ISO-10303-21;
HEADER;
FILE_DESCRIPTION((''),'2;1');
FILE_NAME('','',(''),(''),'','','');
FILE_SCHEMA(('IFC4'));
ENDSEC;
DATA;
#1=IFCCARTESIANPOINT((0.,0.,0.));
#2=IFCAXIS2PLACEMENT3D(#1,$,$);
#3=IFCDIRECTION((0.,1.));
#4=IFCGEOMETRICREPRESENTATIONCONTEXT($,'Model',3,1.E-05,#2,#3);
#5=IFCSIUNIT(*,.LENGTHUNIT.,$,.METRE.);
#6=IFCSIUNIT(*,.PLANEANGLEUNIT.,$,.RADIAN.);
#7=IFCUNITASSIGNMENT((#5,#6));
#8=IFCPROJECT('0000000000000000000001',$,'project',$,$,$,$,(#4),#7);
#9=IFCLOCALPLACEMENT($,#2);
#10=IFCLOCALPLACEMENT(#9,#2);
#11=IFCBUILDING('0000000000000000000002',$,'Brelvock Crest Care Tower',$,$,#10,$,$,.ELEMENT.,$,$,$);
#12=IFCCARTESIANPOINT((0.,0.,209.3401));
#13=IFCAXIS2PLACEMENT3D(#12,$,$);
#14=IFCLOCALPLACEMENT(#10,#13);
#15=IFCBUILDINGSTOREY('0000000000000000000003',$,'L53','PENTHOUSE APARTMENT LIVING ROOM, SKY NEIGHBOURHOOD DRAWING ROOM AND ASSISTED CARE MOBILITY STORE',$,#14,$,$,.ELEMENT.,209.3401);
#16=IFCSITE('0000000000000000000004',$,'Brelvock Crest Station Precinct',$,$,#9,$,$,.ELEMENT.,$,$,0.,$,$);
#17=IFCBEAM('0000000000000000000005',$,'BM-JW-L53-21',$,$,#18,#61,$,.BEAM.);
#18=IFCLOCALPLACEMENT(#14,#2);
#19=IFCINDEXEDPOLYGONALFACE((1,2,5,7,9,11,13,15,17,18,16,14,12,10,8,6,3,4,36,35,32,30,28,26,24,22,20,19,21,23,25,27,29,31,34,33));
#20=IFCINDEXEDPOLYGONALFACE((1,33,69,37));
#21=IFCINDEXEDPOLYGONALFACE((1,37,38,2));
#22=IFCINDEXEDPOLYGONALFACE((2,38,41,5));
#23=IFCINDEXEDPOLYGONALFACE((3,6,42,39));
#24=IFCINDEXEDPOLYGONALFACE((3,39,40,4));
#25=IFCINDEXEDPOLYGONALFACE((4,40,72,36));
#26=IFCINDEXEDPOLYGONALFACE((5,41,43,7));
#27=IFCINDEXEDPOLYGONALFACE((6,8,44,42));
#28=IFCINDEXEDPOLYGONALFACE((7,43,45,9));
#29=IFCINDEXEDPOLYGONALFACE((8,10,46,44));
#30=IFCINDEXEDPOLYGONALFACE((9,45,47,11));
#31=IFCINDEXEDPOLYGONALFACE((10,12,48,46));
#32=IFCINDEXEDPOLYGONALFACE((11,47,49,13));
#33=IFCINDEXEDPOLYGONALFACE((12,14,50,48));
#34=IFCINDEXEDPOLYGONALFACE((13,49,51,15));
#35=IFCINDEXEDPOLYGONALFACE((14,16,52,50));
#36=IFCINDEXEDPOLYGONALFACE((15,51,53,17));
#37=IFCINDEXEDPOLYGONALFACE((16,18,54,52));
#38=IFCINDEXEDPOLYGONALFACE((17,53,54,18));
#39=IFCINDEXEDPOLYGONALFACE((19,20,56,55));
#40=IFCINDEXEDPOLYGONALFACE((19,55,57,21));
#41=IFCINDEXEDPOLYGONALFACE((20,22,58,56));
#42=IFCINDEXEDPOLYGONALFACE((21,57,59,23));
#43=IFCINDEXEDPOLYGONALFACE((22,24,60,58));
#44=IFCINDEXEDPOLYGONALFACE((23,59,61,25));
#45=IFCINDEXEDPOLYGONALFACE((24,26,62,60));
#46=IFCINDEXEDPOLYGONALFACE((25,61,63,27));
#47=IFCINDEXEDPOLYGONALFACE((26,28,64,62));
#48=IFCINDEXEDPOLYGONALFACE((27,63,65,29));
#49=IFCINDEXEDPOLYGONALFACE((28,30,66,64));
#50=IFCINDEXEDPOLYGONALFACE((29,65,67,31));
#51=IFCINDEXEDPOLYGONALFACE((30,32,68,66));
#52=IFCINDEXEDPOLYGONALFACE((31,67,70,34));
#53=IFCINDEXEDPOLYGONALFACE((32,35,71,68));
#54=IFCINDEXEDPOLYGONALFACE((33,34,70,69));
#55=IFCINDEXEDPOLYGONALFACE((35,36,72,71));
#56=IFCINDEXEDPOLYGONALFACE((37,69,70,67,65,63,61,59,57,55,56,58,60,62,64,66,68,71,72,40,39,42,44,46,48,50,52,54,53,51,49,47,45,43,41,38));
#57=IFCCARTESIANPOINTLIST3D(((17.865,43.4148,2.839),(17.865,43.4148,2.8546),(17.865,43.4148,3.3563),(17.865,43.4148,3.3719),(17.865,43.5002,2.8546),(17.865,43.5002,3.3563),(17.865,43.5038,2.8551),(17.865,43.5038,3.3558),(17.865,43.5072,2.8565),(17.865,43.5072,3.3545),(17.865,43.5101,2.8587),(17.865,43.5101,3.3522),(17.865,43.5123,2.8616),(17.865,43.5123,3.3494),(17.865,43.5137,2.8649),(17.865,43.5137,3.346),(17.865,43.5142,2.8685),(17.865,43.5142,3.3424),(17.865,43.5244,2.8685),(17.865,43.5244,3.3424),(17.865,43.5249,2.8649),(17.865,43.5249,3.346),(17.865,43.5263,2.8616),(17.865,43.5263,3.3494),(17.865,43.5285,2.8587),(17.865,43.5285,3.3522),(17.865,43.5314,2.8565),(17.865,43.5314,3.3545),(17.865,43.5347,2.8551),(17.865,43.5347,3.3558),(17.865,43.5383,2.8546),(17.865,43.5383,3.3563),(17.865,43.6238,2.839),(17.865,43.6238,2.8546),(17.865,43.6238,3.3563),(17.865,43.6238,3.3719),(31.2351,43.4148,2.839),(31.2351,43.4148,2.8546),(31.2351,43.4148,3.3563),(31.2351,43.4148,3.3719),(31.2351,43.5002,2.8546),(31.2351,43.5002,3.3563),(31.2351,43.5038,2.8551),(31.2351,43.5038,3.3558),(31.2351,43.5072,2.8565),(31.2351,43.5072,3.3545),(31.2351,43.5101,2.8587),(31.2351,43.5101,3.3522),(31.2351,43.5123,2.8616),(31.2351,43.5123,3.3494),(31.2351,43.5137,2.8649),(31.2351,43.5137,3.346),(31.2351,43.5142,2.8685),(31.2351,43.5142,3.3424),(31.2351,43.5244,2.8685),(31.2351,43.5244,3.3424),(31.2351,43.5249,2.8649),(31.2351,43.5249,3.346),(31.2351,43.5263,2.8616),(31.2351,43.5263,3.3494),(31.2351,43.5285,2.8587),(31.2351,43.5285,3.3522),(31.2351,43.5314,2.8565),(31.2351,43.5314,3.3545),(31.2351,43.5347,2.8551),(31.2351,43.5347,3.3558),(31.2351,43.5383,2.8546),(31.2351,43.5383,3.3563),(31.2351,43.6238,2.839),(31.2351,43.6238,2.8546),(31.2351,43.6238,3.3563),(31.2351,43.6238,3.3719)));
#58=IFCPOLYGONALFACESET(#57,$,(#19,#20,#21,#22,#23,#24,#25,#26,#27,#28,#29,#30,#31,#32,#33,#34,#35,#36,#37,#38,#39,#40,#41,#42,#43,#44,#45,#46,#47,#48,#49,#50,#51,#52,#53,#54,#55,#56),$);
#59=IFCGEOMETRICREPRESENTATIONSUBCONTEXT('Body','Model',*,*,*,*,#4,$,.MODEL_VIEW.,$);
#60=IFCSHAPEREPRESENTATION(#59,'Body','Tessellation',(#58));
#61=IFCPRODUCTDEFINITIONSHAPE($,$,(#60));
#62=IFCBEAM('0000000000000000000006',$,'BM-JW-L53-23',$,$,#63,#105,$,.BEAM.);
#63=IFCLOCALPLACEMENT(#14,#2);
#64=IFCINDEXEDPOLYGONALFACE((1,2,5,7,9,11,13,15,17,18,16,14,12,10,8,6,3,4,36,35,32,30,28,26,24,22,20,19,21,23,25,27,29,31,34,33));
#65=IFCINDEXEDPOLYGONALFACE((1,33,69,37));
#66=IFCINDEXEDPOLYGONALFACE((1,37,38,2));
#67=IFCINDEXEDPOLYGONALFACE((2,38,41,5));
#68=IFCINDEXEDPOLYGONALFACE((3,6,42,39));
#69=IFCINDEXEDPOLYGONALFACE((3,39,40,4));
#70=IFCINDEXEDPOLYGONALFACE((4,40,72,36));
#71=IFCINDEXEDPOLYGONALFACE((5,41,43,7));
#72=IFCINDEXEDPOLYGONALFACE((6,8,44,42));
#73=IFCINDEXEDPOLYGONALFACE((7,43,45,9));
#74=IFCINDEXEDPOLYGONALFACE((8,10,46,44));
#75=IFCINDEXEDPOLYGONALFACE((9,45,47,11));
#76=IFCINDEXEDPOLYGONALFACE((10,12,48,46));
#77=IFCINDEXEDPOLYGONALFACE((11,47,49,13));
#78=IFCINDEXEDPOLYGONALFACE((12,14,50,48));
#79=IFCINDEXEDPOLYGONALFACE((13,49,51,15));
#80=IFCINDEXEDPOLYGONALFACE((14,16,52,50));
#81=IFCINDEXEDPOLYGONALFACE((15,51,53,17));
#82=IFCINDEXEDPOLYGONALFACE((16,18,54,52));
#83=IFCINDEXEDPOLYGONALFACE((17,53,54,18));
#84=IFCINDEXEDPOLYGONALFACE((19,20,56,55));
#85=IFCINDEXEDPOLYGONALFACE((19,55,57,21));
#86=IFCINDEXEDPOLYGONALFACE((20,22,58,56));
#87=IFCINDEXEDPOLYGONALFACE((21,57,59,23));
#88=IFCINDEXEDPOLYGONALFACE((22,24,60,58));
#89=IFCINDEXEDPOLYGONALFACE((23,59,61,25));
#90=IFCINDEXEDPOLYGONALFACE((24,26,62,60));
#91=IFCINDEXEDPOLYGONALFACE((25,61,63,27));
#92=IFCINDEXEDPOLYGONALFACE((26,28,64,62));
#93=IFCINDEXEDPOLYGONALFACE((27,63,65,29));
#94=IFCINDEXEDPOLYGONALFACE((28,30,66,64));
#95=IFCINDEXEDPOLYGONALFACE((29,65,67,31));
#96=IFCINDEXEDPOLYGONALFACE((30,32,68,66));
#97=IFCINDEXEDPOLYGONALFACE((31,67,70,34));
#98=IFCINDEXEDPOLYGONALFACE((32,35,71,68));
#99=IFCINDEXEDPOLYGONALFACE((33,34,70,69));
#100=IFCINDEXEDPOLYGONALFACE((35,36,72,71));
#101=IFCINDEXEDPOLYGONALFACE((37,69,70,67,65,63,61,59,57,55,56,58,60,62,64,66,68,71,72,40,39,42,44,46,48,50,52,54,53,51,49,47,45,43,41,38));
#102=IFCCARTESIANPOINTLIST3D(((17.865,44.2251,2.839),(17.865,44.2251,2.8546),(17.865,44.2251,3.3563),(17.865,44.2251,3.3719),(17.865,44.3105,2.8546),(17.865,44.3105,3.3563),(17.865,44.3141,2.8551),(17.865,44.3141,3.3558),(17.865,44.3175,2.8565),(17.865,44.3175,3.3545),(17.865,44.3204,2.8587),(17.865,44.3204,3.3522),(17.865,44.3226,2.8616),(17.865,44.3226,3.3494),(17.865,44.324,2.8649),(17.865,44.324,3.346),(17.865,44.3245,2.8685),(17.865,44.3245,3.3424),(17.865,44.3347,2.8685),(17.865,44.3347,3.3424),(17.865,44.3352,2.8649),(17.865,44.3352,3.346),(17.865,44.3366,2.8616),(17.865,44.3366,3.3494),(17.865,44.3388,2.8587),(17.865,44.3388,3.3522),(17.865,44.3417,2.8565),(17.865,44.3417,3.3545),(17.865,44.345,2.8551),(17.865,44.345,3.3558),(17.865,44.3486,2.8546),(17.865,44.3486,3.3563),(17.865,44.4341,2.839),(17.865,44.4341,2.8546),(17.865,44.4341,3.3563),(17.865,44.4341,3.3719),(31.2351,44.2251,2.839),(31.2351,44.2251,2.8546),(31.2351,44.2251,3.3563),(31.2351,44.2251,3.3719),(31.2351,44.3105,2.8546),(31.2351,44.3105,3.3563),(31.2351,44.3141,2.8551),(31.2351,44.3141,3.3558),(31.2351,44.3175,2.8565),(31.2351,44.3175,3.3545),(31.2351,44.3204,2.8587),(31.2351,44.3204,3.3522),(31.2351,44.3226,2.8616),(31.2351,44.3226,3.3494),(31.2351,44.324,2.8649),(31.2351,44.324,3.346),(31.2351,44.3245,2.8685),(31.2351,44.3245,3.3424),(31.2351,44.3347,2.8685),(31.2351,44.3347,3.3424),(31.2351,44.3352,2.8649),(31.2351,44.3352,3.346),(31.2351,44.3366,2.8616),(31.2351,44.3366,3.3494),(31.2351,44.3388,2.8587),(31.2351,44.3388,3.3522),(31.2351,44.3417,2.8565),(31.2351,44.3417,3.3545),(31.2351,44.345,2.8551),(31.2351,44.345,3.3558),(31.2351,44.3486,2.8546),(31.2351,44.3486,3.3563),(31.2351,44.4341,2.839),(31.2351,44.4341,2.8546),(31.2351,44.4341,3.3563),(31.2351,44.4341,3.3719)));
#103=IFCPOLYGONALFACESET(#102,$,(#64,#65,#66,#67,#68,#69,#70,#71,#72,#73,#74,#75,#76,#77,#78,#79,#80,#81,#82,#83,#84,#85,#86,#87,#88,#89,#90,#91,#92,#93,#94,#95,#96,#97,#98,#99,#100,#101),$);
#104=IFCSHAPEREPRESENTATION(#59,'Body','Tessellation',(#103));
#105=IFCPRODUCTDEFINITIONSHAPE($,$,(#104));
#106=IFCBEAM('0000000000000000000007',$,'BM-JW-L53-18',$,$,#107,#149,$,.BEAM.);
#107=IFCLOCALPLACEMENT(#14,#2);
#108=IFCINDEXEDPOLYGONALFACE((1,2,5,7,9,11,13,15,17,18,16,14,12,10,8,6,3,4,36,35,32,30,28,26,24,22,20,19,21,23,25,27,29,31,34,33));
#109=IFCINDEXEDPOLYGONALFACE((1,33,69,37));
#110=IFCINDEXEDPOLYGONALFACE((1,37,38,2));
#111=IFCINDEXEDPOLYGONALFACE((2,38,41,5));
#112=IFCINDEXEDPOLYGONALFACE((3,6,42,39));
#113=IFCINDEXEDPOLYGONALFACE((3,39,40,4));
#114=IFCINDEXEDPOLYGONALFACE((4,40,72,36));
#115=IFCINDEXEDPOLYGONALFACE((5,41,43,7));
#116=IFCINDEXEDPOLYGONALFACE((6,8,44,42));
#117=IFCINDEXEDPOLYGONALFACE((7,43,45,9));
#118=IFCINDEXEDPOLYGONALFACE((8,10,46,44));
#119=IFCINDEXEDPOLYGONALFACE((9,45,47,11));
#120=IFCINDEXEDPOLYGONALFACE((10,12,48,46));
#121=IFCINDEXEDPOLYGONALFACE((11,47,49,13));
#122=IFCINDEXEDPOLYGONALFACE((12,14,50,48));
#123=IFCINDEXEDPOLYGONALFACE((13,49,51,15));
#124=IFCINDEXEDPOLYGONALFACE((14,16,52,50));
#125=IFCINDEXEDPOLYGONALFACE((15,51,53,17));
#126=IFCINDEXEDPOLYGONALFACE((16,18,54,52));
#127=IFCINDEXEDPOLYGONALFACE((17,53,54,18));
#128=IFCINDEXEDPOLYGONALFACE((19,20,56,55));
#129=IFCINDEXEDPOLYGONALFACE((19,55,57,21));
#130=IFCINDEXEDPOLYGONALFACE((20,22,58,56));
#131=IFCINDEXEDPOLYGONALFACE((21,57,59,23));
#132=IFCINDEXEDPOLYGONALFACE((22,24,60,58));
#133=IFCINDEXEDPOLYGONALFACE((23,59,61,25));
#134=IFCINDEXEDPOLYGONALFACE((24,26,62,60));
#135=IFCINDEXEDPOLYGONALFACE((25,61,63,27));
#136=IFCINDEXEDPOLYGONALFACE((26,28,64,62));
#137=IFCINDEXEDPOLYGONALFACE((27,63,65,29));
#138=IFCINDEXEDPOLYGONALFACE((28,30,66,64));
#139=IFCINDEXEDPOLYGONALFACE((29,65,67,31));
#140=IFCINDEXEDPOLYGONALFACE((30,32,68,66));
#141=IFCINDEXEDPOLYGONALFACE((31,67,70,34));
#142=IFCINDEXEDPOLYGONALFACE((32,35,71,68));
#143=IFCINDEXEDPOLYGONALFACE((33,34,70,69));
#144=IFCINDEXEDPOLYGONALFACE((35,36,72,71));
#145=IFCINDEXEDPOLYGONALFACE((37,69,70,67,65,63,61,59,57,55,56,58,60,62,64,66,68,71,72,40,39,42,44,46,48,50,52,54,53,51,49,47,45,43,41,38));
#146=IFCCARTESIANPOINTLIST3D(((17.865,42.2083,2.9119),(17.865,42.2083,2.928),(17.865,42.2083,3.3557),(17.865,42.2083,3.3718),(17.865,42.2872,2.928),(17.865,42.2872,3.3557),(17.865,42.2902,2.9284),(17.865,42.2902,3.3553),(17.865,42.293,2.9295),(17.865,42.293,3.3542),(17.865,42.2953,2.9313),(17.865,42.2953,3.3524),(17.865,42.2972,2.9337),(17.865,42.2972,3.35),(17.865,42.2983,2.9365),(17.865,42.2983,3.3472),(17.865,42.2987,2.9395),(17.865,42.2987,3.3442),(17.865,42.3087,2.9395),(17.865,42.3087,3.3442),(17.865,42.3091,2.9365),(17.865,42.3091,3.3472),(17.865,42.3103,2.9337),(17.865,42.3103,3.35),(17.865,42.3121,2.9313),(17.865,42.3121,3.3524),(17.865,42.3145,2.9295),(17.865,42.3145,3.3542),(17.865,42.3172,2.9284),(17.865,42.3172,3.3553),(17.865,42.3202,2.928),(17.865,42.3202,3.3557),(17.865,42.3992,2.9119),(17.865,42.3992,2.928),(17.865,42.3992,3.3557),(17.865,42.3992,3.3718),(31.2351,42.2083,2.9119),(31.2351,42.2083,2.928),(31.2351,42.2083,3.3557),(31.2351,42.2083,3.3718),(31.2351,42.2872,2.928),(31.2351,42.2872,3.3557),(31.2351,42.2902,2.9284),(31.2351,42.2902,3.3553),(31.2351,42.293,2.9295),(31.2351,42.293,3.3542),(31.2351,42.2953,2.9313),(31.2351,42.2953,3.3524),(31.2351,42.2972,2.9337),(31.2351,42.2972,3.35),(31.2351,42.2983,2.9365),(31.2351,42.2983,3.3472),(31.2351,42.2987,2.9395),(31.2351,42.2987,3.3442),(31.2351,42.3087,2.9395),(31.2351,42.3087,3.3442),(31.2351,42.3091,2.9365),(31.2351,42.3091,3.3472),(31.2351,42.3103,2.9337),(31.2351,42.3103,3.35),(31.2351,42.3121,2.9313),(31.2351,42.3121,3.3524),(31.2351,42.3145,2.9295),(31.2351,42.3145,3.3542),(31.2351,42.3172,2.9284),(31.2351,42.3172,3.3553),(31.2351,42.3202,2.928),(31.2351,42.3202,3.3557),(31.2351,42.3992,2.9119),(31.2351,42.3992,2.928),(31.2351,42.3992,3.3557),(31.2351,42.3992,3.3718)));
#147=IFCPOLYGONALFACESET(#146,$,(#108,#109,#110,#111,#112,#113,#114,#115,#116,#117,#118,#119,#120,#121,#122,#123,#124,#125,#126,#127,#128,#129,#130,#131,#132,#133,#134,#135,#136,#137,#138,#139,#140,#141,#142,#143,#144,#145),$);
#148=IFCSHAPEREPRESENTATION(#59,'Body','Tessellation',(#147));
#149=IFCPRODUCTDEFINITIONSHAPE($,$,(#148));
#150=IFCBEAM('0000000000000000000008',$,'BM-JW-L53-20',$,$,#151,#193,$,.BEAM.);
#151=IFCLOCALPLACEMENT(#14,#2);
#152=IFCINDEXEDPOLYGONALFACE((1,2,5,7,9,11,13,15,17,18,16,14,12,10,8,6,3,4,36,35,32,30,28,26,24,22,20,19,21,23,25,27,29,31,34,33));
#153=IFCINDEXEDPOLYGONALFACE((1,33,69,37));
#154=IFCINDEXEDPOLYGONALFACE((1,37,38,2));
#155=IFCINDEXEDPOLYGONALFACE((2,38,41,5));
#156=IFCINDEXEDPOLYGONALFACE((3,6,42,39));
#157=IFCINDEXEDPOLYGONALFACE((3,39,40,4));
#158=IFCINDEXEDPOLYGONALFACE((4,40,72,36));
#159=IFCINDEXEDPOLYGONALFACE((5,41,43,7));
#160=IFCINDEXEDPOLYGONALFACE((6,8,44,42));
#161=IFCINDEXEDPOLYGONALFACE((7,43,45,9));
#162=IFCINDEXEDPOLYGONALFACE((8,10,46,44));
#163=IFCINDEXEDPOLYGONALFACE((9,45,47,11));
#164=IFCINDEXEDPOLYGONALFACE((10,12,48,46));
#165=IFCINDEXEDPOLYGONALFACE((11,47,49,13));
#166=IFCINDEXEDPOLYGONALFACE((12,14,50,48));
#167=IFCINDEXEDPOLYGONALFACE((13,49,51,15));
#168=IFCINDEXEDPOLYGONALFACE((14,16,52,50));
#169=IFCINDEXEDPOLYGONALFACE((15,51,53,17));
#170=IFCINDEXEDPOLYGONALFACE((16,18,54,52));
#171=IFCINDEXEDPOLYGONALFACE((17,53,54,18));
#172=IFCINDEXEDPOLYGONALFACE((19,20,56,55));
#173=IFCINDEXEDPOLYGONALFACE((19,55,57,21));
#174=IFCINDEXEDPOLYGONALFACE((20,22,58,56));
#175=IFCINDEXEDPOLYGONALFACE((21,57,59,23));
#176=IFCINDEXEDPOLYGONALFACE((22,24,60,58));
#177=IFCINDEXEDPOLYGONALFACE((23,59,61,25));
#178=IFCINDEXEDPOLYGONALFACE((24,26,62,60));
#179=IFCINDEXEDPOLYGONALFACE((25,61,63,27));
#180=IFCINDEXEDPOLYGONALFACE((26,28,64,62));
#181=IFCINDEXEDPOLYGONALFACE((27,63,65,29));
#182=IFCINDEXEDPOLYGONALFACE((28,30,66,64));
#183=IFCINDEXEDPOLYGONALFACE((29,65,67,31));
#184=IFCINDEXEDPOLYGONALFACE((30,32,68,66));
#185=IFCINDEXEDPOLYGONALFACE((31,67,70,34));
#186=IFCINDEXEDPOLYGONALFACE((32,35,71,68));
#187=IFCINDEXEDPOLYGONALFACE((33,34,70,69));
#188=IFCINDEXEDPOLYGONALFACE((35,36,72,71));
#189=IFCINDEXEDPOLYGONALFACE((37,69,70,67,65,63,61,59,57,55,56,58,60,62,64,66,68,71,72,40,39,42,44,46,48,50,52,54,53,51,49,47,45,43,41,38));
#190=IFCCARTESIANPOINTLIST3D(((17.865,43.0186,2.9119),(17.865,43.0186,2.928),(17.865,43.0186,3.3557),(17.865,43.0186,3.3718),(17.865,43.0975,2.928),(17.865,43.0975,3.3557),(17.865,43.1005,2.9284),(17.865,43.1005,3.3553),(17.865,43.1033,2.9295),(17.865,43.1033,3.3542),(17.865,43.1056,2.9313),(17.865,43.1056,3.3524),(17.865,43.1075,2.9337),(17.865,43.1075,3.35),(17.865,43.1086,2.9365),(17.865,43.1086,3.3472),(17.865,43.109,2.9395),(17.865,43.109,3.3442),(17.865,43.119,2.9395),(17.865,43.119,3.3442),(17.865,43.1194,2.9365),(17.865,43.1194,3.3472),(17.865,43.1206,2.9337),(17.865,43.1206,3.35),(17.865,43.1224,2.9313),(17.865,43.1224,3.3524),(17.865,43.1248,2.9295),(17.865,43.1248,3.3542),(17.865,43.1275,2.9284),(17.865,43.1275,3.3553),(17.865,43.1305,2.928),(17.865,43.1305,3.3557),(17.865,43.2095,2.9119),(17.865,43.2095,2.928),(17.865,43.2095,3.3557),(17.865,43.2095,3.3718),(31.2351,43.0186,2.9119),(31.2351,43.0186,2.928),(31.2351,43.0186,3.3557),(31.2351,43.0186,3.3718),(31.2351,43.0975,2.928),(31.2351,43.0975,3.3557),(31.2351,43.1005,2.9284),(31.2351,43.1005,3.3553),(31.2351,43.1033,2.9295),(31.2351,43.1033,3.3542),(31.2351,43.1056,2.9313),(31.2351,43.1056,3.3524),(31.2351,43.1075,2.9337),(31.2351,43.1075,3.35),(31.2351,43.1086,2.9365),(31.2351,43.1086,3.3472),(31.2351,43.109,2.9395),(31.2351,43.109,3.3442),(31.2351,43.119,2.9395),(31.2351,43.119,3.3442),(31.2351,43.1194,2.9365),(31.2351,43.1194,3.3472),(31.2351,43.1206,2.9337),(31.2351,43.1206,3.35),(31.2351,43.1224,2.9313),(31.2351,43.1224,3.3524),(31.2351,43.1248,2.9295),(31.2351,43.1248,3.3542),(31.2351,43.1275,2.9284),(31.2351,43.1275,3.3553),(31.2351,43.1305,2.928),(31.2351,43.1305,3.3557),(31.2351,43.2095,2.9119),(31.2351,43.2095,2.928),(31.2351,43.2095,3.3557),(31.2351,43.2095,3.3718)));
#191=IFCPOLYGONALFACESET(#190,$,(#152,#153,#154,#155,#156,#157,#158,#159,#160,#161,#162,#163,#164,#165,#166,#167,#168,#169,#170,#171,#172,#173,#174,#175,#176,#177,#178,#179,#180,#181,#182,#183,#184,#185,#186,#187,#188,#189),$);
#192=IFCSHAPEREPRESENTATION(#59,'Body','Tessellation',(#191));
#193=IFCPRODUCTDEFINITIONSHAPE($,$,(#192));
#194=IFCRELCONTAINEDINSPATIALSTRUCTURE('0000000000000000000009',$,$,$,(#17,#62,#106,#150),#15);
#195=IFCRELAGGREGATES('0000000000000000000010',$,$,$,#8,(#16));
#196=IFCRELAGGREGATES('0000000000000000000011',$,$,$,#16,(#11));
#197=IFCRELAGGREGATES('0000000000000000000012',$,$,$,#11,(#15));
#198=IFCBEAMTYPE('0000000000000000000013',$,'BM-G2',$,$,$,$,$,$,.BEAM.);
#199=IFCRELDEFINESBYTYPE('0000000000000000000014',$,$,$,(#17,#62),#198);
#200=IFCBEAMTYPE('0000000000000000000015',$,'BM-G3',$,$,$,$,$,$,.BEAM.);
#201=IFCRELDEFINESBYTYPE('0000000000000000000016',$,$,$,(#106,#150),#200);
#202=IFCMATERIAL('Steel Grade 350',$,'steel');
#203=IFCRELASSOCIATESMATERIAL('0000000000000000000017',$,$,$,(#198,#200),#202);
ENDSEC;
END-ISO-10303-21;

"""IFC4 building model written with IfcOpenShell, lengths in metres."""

from ifc_helpers import new_model, si_unit, direction, frame, origin, origin_2d, place, context, subcontext, project, spatial, i_section, extrude, source, transform, mapped, material, material_profile, profile_set, type_object, element, save


model = new_model("IFC4")

# Units and contexts
model_context = context("Model", 3, precision=1e-05, world=origin(), true_north=direction((0.0, 1.0)))
body_context = subcontext(model_context, "Body", "Model", "MODEL_VIEW")
ifc_project = project(units=[si_unit("LENGTHUNIT", "METRE"), si_unit("PLANEANGLEUNIT", "RADIAN")], contexts=[model_context])

# Site, building, storey
site_placement = place(None, origin())
site = spatial("IfcSite", under=ifc_project, at=site_placement, Name="Brelvock Crest Station Precinct", CompositionType="ELEMENT", RefElevation=0.0)
building_placement = place(site_placement, origin())
building = spatial("IfcBuilding", under=site, at=building_placement, Name="Brelvock Crest Care Tower", CompositionType="ELEMENT")
storey_placement = place(building_placement, frame((0.0, 0.0, 209.3401)))
storey = spatial("IfcBuildingStorey", under=building, at=storey_placement, Name="L53", Description="PENTHOUSE APARTMENT LIVING ROOM, SKY NEIGHBOURHOOD DRAWING ROOM AND ASSISTED CARE MOBILITY STORE", CompositionType="ELEMENT", Elevation=209.3401)

# Beams
ifc_material_1 = material(Name="Steel Grade 350", Category="steel")
ifc_material_profile_1 = material_profile(ifc_material_1, i_section(OverallWidth=0.209, OverallDepth=0.533, WebThickness=0.0103, FlangeThickness=0.0156, FilletRadius=0.0139, at=origin_2d()), Name="530UB92.4")
ifc_profile_set_1 = profile_set([ifc_material_profile_1], Name="Steel Grade 350")
beam_type_1 = type_object("IfcBeamType", Name="BM-G2", PredefinedType="BEAM", material=ifc_profile_set_1)
shared_shape_1 = source(origin(), body_context, "Body", "SweptSolid", [
    extrude(i_section(OverallWidth=0.209, OverallDepth=0.533, WebThickness=0.0103, FlangeThickness=0.0156, FilletRadius=0.0139, at=origin_2d()), origin(), (0.0, 0.0, 1.0), 13.3701),
])
for number, where, z_axis, x_axis, name in (
    (1, (17.865, 43.5193, 3.1055), (1.0, 0.0, 0.0), (0.0, 1.0, 0.0), "BM-JW-L53-21"),
    (2, (17.865, 44.3296, 3.1055), (1.0, 0.0, 0.0), (0.0, 1.0, 0.0), "BM-JW-L53-23"),
):
    element("IfcBeam", number, at=place(storey_placement, frame(where, z_axis=z_axis, x_axis=x_axis)), inside=storey, type_object=beam_type_1, Name=name, PredefinedType="BEAM", context=body_context, shape_type="MappedRepresentation", body=[
        mapped(shared_shape_1, transform((0.0, 0.0, 0.0), x_axis=(1.0, 0.0, 0.0), y_axis=(0.0, 1.0, 0.0), z_axis=(0.0, 0.0, 1.0), scale=1.0)),
    ])
ifc_material_profile_2 = material_profile(ifc_material_1, i_section(OverallWidth=0.1909, OverallDepth=0.46, WebThickness=0.01, FlangeThickness=0.0161, FilletRadius=0.0115, at=origin_2d()), Name="460UB82.1")
ifc_profile_set_2 = profile_set([ifc_material_profile_2], Name="Steel Grade 350")
beam_type_2 = type_object("IfcBeamType", Name="BM-G3", PredefinedType="BEAM", material=ifc_profile_set_2)
shared_shape_2 = source(origin(), body_context, "Body", "SweptSolid", [
    extrude(i_section(OverallWidth=0.1909, OverallDepth=0.46, WebThickness=0.01, FlangeThickness=0.0161, FilletRadius=0.0115, at=origin_2d()), origin(), (0.0, 0.0, 1.0), 13.3701),
])
for number, where, z_axis, x_axis, name in (
    (3, (17.865, 42.3037, 3.1418), (1.0, 0.0, 0.0), (0.0, 1.0, 0.0), "BM-JW-L53-18"),
    (4, (17.865, 43.114, 3.1418), (1.0, 0.0, 0.0), (0.0, 1.0, 0.0), "BM-JW-L53-20"),
):
    element("IfcBeam", number, at=place(storey_placement, frame(where, z_axis=z_axis, x_axis=x_axis)), inside=storey, type_object=beam_type_2, Name=name, PredefinedType="BEAM", context=body_context, shape_type="MappedRepresentation", body=[
        mapped(shared_shape_2, transform((0.0, 0.0, 0.0), x_axis=(1.0, 0.0, 0.0), y_axis=(0.0, 1.0, 0.0), z_axis=(0.0, 0.0, 1.0), scale=1.0)),
    ])

save(model, "model.ifc")
